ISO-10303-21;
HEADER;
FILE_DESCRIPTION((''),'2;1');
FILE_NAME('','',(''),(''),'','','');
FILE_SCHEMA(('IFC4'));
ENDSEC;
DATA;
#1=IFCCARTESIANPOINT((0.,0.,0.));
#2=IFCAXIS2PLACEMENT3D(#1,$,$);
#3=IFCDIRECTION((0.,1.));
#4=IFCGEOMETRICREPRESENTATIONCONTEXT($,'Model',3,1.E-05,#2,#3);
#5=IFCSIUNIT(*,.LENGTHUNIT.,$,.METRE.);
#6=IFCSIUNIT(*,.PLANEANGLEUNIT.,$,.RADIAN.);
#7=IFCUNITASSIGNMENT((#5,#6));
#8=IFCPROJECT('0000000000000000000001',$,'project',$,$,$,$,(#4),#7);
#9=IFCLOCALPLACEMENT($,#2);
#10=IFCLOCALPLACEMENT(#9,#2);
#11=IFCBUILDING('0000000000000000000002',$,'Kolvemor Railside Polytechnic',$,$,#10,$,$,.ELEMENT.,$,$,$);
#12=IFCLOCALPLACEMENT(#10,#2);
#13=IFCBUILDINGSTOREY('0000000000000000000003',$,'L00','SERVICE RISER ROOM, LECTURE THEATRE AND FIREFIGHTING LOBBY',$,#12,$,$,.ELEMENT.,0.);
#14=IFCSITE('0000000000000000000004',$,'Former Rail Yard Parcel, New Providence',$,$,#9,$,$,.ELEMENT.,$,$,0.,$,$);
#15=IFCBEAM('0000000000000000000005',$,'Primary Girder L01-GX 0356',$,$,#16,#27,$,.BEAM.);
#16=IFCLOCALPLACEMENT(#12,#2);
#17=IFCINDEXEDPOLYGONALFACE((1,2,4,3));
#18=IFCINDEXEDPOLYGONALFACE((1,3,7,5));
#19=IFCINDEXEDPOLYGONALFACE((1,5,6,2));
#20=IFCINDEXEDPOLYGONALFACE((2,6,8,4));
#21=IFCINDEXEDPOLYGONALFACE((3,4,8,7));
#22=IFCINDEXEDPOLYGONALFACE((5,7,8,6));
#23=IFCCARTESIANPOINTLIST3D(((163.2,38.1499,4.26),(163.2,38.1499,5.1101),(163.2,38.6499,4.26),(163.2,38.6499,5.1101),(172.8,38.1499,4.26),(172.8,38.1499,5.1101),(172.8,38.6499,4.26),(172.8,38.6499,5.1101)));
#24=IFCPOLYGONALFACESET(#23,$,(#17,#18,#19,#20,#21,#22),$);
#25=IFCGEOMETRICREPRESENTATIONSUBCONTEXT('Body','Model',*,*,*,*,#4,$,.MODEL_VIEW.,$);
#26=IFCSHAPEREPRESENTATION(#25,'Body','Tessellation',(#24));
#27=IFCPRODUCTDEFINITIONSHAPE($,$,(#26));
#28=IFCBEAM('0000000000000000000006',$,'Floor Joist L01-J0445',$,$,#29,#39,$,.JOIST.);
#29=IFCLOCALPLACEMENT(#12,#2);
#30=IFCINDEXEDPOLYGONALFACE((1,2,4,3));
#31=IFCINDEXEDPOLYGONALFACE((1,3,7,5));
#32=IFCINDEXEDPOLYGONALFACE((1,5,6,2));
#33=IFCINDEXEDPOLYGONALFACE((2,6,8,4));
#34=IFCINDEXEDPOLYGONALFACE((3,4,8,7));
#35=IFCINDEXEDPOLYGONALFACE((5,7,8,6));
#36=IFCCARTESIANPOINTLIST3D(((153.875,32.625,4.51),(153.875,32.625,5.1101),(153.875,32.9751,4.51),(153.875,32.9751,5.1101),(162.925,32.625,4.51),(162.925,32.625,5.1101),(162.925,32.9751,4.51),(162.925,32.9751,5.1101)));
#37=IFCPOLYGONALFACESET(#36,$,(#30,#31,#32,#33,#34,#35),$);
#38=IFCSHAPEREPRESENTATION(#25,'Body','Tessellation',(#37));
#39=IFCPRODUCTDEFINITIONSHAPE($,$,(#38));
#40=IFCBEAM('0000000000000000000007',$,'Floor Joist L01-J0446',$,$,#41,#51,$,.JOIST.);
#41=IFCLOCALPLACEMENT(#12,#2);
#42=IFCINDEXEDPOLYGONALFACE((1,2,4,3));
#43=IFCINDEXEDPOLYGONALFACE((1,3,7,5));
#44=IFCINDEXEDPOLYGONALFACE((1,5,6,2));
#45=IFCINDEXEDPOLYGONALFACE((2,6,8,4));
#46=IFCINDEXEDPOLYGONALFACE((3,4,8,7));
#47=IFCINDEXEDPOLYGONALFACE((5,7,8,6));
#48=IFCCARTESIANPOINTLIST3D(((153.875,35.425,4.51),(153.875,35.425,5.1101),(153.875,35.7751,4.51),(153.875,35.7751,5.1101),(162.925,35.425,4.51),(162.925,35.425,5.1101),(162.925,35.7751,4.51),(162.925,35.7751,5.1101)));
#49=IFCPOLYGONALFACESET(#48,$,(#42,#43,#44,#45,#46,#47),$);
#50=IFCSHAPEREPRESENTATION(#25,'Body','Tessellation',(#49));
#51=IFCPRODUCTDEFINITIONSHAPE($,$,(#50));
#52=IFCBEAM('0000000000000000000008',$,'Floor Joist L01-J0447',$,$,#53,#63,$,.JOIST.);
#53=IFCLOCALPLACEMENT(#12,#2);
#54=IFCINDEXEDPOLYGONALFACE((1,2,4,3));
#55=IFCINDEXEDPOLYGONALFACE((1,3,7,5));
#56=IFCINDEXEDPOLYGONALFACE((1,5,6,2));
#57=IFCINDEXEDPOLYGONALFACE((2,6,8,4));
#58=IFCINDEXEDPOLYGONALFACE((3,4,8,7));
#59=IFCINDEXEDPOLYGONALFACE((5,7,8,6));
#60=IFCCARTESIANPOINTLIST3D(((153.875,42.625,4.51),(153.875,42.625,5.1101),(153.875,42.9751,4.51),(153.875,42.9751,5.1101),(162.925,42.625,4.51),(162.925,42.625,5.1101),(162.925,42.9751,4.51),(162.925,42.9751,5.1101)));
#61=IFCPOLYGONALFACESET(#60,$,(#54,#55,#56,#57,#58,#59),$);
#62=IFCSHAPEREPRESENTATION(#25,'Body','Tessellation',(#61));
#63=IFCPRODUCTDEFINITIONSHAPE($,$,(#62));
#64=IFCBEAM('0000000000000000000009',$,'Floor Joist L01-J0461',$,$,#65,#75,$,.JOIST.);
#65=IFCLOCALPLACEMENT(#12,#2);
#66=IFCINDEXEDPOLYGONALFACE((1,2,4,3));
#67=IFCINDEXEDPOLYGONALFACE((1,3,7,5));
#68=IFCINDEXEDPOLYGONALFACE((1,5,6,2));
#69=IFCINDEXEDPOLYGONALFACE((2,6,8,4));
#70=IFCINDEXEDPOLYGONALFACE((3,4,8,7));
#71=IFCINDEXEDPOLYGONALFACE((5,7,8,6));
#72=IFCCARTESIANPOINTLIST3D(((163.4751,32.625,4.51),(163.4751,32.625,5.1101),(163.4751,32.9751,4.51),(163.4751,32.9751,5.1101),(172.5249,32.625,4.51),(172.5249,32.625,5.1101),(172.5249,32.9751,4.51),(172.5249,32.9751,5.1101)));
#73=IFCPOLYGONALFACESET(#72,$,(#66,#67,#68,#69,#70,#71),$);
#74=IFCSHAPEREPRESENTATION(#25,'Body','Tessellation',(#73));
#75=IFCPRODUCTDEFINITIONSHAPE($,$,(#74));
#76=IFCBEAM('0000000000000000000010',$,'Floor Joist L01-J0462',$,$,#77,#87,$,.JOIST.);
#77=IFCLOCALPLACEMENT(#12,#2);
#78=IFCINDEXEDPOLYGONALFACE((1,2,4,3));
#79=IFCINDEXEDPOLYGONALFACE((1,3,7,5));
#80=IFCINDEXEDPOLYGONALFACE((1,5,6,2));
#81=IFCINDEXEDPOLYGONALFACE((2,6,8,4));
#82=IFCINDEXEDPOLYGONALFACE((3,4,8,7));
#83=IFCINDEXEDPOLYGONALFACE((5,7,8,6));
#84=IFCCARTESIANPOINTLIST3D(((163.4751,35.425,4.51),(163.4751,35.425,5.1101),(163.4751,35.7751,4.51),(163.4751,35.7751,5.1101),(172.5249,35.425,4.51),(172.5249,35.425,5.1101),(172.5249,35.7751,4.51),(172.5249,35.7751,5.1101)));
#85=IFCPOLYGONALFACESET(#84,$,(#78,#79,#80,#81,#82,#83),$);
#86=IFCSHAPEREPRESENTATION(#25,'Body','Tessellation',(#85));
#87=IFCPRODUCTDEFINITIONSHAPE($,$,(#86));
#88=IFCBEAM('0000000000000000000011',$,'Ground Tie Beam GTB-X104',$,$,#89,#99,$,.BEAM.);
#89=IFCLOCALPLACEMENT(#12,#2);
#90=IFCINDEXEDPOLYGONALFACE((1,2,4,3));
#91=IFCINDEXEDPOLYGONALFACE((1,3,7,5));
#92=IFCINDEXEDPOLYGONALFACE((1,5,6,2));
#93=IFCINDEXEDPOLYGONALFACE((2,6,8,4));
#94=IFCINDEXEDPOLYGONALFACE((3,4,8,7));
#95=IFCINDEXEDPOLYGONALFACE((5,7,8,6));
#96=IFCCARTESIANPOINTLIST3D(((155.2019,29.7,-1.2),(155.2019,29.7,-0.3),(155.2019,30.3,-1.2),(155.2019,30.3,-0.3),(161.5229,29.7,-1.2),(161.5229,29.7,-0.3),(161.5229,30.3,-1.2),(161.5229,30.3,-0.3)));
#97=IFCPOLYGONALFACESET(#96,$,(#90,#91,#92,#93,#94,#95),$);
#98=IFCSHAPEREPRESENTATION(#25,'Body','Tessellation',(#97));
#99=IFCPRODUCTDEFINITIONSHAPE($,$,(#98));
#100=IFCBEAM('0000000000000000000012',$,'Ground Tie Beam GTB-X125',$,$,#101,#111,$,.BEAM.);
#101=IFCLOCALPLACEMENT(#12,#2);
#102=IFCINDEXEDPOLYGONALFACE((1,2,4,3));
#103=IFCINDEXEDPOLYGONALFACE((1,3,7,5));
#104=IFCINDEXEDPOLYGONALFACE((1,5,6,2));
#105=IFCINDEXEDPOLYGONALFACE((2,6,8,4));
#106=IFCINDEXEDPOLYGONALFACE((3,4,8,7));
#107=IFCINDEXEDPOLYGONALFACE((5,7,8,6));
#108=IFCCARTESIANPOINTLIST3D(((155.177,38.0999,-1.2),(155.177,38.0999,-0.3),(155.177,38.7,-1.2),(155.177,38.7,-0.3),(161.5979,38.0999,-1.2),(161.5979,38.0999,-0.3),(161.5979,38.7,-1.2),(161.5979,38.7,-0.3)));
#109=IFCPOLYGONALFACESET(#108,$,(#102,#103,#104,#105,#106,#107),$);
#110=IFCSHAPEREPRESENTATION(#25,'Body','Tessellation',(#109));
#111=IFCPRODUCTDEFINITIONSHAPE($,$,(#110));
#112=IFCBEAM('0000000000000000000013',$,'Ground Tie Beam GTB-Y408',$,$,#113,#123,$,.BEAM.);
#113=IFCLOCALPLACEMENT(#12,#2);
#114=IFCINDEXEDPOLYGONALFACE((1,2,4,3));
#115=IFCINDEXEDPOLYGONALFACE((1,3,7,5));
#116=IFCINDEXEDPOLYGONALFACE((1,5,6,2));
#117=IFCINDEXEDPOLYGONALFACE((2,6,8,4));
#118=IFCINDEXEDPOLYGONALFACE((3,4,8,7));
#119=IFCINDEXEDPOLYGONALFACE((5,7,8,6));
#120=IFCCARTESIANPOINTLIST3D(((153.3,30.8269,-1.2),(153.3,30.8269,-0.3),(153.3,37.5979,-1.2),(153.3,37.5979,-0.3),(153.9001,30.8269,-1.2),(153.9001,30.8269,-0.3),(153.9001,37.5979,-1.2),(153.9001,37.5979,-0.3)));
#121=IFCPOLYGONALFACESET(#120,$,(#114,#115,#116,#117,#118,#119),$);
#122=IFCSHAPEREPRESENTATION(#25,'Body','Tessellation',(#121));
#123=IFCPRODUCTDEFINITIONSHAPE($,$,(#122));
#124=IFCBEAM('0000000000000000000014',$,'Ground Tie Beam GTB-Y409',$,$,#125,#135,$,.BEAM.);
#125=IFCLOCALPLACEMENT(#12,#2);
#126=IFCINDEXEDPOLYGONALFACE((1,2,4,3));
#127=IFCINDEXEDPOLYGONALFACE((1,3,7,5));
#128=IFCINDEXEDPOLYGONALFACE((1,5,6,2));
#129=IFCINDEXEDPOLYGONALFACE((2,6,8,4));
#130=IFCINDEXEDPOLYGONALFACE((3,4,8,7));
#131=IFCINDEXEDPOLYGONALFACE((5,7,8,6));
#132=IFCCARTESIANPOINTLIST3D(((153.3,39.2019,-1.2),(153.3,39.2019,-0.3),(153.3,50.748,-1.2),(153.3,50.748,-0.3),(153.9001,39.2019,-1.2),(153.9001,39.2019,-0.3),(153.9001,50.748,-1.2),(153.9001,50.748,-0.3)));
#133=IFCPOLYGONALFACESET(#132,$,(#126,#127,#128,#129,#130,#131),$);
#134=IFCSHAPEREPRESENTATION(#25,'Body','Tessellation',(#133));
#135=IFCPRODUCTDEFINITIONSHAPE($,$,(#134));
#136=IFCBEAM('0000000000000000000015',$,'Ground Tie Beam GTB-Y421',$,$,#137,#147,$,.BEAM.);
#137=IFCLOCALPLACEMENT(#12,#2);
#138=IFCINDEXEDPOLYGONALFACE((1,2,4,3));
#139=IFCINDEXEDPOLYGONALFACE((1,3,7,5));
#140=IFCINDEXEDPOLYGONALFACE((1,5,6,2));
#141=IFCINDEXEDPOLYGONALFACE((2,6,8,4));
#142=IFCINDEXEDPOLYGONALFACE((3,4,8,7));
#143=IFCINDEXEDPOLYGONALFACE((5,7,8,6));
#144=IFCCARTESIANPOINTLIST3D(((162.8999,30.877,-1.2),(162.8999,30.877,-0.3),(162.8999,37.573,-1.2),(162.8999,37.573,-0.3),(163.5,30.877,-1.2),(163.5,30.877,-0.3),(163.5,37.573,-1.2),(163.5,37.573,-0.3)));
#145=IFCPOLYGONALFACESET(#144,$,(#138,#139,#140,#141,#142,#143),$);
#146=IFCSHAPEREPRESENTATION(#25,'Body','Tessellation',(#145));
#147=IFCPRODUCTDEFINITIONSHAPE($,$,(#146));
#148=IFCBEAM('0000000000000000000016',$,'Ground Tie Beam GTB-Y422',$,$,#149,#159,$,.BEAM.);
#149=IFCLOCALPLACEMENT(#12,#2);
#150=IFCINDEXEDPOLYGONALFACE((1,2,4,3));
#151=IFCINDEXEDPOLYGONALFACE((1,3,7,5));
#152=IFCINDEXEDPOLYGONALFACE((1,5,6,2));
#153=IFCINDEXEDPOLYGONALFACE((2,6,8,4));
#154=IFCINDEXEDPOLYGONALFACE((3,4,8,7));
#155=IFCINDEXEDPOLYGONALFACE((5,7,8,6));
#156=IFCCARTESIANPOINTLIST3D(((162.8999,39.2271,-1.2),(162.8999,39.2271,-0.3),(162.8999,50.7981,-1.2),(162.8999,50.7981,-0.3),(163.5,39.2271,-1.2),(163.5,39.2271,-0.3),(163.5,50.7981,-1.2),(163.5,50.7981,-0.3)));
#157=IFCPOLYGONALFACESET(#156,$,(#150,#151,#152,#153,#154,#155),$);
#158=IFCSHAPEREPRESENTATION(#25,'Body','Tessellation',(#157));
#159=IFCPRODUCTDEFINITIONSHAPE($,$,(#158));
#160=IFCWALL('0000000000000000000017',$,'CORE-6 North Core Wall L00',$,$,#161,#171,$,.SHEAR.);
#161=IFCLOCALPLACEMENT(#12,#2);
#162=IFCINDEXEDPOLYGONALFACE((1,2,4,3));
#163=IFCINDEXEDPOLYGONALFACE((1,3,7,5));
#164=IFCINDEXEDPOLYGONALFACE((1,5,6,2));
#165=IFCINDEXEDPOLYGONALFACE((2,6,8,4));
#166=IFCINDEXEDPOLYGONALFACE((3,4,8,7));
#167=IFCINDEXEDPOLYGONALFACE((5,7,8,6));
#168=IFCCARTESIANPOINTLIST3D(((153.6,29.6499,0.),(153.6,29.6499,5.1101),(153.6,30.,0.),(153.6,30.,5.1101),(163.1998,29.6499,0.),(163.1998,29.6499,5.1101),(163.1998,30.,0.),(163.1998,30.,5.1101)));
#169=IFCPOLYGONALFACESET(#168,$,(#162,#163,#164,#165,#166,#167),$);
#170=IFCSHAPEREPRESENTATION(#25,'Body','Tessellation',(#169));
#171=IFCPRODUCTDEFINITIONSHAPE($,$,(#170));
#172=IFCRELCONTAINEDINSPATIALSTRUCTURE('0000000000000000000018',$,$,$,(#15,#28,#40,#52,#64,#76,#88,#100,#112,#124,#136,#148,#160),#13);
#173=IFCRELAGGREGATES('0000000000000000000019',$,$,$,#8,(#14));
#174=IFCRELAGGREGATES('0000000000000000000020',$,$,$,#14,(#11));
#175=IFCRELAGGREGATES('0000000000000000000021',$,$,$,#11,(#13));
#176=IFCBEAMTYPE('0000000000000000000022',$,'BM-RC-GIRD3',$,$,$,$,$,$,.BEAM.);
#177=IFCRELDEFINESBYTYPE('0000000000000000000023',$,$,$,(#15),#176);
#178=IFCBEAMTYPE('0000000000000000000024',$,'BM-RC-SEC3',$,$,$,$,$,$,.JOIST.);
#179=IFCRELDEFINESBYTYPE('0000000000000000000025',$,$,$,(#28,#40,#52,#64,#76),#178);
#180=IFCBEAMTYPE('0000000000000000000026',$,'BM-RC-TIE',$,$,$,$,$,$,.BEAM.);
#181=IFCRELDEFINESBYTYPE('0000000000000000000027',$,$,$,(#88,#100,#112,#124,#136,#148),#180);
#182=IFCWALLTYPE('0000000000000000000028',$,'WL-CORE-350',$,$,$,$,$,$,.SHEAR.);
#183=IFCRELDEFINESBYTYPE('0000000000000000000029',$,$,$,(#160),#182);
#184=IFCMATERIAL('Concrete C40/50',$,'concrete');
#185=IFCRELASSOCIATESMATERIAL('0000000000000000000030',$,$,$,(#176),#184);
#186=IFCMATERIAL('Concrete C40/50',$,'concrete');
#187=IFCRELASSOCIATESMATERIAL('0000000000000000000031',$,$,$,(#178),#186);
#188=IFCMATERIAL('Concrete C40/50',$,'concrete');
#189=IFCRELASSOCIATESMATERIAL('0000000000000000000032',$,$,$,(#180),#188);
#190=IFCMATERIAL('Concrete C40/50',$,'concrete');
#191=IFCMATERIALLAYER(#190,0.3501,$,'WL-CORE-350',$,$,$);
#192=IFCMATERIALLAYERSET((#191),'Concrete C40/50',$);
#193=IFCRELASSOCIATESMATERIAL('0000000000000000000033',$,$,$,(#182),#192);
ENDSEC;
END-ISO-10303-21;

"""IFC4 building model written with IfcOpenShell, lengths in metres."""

from ifc_helpers import new_model, si_unit, direction, frame, frame_2d, origin, origin_2d, place, context, subcontext, project, spatial, rectangle, extrude, material, layer, layer_set, material_profile, profile_set, type_object, element, save


model = new_model("IFC4")

# Units and contexts
model_context = context("Model", 3, precision=1e-05, world=origin(), true_north=direction((0.0, 1.0)))
body_context = subcontext(model_context, "Body", "Model", "MODEL_VIEW")
ifc_project = project(units=[si_unit("LENGTHUNIT", "METRE"), si_unit("PLANEANGLEUNIT", "RADIAN")], contexts=[model_context])

# Site, building, storey
site_placement = place(None, origin())
site = spatial("IfcSite", under=ifc_project, at=site_placement, Name="Former Rail Yard Parcel, New Providence", CompositionType="ELEMENT", RefElevation=0.0)
building_placement = place(site_placement, origin())
building = spatial("IfcBuilding", under=site, at=building_placement, Name="Kolvemor Railside Polytechnic", CompositionType="ELEMENT")
storey_placement = place(building_placement, origin())
storey = spatial("IfcBuildingStorey", under=building, at=storey_placement, Name="L00", Description="SERVICE RISER ROOM, LECTURE THEATRE AND FIREFIGHTING LOBBY", CompositionType="ELEMENT", Elevation=0.0)

# Beams
ifc_material_1 = material(Name="Concrete C40/50", Category="concrete")
ifc_material_profile_1 = material_profile(ifc_material_1, rectangle(XDim=0.5, YDim=0.8501, at=origin_2d()), Name="RC500x850")
ifc_profile_set_1 = profile_set([ifc_material_profile_1], Name="Concrete C40/50")
beam_type_1 = type_object("IfcBeamType", Name="BM-RC-GIRD3", PredefinedType="BEAM", material=ifc_profile_set_1)
beam_1_placement = place(storey_placement, frame((163.2, 38.3999, 4.6851), z_axis=(1.0, 0.0, 0.0), x_axis=(0.0, 1.0, 0.0)))
element("IfcBeam", 1, at=beam_1_placement, inside=storey, type_object=beam_type_1, Name="Primary Girder L01-GX 0356", PredefinedType="BEAM", context=body_context, shape_type="SweptSolid", body=[
    extrude(rectangle(XDim=0.5, YDim=0.8501, at=origin_2d()), origin(), (0.0, 0.0, 1.0), 9.6001),
])
ifc_material_2 = material(Name="Concrete C40/50", Category="concrete")
ifc_material_profile_2 = material_profile(ifc_material_2, rectangle(XDim=0.3501, YDim=0.6001, at=origin_2d()), Name="RC350x600")
ifc_profile_set_2 = profile_set([ifc_material_profile_2], Name="Concrete C40/50")
beam_type_2 = type_object("IfcBeamType", Name="BM-RC-SEC3", PredefinedType="JOIST", material=ifc_profile_set_2)
for number, where, z_axis, x_axis, name in (
    (2, (153.875, 32.8, 4.8101), (1.0, 0.0, 0.0), (0.0, 1.0, 0.0), "Floor Joist L01-J0445"),
    (3, (153.875, 35.6001, 4.8101), (1.0, 0.0, 0.0), (0.0, 1.0, 0.0), "Floor Joist L01-J0446"),
    (4, (153.875, 42.8, 4.8101), (1.0, 0.0, 0.0), (0.0, 1.0, 0.0), "Floor Joist L01-J0447"),
):
    element("IfcBeam", number, at=place(storey_placement, frame(where, z_axis=z_axis, x_axis=x_axis)), inside=storey, type_object=beam_type_2, Name=name, PredefinedType="JOIST", context=body_context, shape_type="SweptSolid", body=[
        extrude(rectangle(XDim=0.3501, YDim=0.6001, at=origin_2d()), origin(), (0.0, 0.0, 1.0), 9.05),
    ])
for number, where, z_axis, x_axis, name in (
    (5, (163.4751, 32.8, 4.8101), (1.0, 0.0, 0.0), (0.0, 1.0, 0.0), "Floor Joist L01-J0461"),
    (6, (163.4751, 35.6001, 4.8101), (1.0, 0.0, 0.0), (0.0, 1.0, 0.0), "Floor Joist L01-J0462"),
):
    element("IfcBeam", number, at=place(storey_placement, frame(where, z_axis=z_axis, x_axis=x_axis)), inside=storey, type_object=beam_type_2, Name=name, PredefinedType="JOIST", context=body_context, shape_type="SweptSolid", body=[
        extrude(rectangle(XDim=0.3501, YDim=0.6001, at=origin_2d()), origin(), (0.0, 0.0, 1.0), 9.0498),
    ])
ifc_material_3 = material(Name="Concrete C40/50", Category="concrete")
ifc_material_profile_3 = material_profile(ifc_material_3, rectangle(XDim=0.6001, YDim=0.8999, at=origin_2d()), Name="RC600x900")
ifc_profile_set_3 = profile_set([ifc_material_profile_3], Name="Concrete C40/50")
beam_type_3 = type_object("IfcBeamType", Name="BM-RC-TIE", PredefinedType="BEAM", material=ifc_profile_set_3)
beam_2_placement = place(storey_placement, frame((155.2019, 30.0, -0.75), z_axis=(1.0, 0.0, 0.0), x_axis=(0.0, 1.0, 0.0)))
element("IfcBeam", 7, at=beam_2_placement, inside=storey, type_object=beam_type_3, Name="Ground Tie Beam GTB-X104", PredefinedType="BEAM", context=body_context, shape_type="SweptSolid", body=[
    extrude(rectangle(XDim=0.6001, YDim=0.8999, at=origin_2d()), origin(), (0.0, 0.0, 1.0), 6.321),
])
beam_3_placement = place(storey_placement, frame((155.177, 38.3999, -0.75), z_axis=(1.0, 0.0, 0.0), x_axis=(0.0, 1.0, 0.0)))
element("IfcBeam", 8, at=beam_3_placement, inside=storey, type_object=beam_type_3, Name="Ground Tie Beam GTB-X125", PredefinedType="BEAM", context=body_context, shape_type="SweptSolid", body=[
    extrude(rectangle(XDim=0.6001, YDim=0.8999, at=origin_2d()), origin(), (0.0, 0.0, 1.0), 6.4209),
])
beam_4_placement = place(storey_placement, frame((153.6001, 30.8269, -0.75), z_axis=(0.0, 1.0, 0.0), x_axis=(-1.0, 0.0, 0.0)))
element("IfcBeam", 9, at=beam_4_placement, inside=storey, type_object=beam_type_3, Name="Ground Tie Beam GTB-Y408", PredefinedType="BEAM", context=body_context, shape_type="SweptSolid", body=[
    extrude(rectangle(XDim=0.6001, YDim=0.8999, at=origin_2d()), origin(), (0.0, 0.0, 1.0), 6.771),
])
beam_5_placement = place(storey_placement, frame((153.6001, 39.2019, -0.75), z_axis=(0.0, 1.0, 0.0), x_axis=(-1.0, 0.0, 0.0)))
element("IfcBeam", 10, at=beam_5_placement, inside=storey, type_object=beam_type_3, Name="Ground Tie Beam GTB-Y409", PredefinedType="BEAM", context=body_context, shape_type="SweptSolid", body=[
    extrude(rectangle(XDim=0.6001, YDim=0.8999, at=origin_2d()), origin(), (0.0, 0.0, 1.0), 11.5461),
])
beam_6_placement = place(storey_placement, frame((163.2, 30.877, -0.75), z_axis=(0.0, 1.0, 0.0), x_axis=(-1.0, 0.0, 0.0)))
element("IfcBeam", 11, at=beam_6_placement, inside=storey, type_object=beam_type_3, Name="Ground Tie Beam GTB-Y421", PredefinedType="BEAM", context=body_context, shape_type="SweptSolid", body=[
    extrude(rectangle(XDim=0.6001, YDim=0.8999, at=origin_2d()), origin(), (0.0, 0.0, 1.0), 6.696),
])
beam_7_placement = place(storey_placement, frame((163.2, 39.2271, -0.75), z_axis=(0.0, 1.0, 0.0), x_axis=(-1.0, 0.0, 0.0)))
element("IfcBeam", 12, at=beam_7_placement, inside=storey, type_object=beam_type_3, Name="Ground Tie Beam GTB-Y422", PredefinedType="BEAM", context=body_context, shape_type="SweptSolid", body=[
    extrude(rectangle(XDim=0.6001, YDim=0.8999, at=origin_2d()), origin(), (0.0, 0.0, 1.0), 11.571),
])

# Wall
ifc_material_4 = material(Name="Concrete C40/50", Category="concrete")
ifc_layer_1 = layer(ifc_material_4, 0.3501, Name="WL-CORE-350")
ifc_layer_set_1 = layer_set([ifc_layer_1], Name="Concrete C40/50")
wall_type_1 = type_object("IfcWallType", Name="WL-CORE-350", PredefinedType="SHEAR", material=ifc_layer_set_1)
wall_1_placement = place(storey_placement, frame((153.6001, 29.825, 0.0), z_axis=(0.0, 0.0, 1.0), x_axis=(1.0, 0.0, 0.0)))
element("IfcWall", 13, at=wall_1_placement, inside=storey, type_object=wall_type_1, Name="CORE-6 North Core Wall L00", PredefinedType="SHEAR", context=body_context, shape_type="SweptSolid", body=[
    extrude(rectangle(XDim=9.5999, YDim=0.3501, at=frame_2d((4.7998, 0.0))), origin(), (0.0, 0.0, 1.0), 5.1101),
])

save(model, "model.ifc")
